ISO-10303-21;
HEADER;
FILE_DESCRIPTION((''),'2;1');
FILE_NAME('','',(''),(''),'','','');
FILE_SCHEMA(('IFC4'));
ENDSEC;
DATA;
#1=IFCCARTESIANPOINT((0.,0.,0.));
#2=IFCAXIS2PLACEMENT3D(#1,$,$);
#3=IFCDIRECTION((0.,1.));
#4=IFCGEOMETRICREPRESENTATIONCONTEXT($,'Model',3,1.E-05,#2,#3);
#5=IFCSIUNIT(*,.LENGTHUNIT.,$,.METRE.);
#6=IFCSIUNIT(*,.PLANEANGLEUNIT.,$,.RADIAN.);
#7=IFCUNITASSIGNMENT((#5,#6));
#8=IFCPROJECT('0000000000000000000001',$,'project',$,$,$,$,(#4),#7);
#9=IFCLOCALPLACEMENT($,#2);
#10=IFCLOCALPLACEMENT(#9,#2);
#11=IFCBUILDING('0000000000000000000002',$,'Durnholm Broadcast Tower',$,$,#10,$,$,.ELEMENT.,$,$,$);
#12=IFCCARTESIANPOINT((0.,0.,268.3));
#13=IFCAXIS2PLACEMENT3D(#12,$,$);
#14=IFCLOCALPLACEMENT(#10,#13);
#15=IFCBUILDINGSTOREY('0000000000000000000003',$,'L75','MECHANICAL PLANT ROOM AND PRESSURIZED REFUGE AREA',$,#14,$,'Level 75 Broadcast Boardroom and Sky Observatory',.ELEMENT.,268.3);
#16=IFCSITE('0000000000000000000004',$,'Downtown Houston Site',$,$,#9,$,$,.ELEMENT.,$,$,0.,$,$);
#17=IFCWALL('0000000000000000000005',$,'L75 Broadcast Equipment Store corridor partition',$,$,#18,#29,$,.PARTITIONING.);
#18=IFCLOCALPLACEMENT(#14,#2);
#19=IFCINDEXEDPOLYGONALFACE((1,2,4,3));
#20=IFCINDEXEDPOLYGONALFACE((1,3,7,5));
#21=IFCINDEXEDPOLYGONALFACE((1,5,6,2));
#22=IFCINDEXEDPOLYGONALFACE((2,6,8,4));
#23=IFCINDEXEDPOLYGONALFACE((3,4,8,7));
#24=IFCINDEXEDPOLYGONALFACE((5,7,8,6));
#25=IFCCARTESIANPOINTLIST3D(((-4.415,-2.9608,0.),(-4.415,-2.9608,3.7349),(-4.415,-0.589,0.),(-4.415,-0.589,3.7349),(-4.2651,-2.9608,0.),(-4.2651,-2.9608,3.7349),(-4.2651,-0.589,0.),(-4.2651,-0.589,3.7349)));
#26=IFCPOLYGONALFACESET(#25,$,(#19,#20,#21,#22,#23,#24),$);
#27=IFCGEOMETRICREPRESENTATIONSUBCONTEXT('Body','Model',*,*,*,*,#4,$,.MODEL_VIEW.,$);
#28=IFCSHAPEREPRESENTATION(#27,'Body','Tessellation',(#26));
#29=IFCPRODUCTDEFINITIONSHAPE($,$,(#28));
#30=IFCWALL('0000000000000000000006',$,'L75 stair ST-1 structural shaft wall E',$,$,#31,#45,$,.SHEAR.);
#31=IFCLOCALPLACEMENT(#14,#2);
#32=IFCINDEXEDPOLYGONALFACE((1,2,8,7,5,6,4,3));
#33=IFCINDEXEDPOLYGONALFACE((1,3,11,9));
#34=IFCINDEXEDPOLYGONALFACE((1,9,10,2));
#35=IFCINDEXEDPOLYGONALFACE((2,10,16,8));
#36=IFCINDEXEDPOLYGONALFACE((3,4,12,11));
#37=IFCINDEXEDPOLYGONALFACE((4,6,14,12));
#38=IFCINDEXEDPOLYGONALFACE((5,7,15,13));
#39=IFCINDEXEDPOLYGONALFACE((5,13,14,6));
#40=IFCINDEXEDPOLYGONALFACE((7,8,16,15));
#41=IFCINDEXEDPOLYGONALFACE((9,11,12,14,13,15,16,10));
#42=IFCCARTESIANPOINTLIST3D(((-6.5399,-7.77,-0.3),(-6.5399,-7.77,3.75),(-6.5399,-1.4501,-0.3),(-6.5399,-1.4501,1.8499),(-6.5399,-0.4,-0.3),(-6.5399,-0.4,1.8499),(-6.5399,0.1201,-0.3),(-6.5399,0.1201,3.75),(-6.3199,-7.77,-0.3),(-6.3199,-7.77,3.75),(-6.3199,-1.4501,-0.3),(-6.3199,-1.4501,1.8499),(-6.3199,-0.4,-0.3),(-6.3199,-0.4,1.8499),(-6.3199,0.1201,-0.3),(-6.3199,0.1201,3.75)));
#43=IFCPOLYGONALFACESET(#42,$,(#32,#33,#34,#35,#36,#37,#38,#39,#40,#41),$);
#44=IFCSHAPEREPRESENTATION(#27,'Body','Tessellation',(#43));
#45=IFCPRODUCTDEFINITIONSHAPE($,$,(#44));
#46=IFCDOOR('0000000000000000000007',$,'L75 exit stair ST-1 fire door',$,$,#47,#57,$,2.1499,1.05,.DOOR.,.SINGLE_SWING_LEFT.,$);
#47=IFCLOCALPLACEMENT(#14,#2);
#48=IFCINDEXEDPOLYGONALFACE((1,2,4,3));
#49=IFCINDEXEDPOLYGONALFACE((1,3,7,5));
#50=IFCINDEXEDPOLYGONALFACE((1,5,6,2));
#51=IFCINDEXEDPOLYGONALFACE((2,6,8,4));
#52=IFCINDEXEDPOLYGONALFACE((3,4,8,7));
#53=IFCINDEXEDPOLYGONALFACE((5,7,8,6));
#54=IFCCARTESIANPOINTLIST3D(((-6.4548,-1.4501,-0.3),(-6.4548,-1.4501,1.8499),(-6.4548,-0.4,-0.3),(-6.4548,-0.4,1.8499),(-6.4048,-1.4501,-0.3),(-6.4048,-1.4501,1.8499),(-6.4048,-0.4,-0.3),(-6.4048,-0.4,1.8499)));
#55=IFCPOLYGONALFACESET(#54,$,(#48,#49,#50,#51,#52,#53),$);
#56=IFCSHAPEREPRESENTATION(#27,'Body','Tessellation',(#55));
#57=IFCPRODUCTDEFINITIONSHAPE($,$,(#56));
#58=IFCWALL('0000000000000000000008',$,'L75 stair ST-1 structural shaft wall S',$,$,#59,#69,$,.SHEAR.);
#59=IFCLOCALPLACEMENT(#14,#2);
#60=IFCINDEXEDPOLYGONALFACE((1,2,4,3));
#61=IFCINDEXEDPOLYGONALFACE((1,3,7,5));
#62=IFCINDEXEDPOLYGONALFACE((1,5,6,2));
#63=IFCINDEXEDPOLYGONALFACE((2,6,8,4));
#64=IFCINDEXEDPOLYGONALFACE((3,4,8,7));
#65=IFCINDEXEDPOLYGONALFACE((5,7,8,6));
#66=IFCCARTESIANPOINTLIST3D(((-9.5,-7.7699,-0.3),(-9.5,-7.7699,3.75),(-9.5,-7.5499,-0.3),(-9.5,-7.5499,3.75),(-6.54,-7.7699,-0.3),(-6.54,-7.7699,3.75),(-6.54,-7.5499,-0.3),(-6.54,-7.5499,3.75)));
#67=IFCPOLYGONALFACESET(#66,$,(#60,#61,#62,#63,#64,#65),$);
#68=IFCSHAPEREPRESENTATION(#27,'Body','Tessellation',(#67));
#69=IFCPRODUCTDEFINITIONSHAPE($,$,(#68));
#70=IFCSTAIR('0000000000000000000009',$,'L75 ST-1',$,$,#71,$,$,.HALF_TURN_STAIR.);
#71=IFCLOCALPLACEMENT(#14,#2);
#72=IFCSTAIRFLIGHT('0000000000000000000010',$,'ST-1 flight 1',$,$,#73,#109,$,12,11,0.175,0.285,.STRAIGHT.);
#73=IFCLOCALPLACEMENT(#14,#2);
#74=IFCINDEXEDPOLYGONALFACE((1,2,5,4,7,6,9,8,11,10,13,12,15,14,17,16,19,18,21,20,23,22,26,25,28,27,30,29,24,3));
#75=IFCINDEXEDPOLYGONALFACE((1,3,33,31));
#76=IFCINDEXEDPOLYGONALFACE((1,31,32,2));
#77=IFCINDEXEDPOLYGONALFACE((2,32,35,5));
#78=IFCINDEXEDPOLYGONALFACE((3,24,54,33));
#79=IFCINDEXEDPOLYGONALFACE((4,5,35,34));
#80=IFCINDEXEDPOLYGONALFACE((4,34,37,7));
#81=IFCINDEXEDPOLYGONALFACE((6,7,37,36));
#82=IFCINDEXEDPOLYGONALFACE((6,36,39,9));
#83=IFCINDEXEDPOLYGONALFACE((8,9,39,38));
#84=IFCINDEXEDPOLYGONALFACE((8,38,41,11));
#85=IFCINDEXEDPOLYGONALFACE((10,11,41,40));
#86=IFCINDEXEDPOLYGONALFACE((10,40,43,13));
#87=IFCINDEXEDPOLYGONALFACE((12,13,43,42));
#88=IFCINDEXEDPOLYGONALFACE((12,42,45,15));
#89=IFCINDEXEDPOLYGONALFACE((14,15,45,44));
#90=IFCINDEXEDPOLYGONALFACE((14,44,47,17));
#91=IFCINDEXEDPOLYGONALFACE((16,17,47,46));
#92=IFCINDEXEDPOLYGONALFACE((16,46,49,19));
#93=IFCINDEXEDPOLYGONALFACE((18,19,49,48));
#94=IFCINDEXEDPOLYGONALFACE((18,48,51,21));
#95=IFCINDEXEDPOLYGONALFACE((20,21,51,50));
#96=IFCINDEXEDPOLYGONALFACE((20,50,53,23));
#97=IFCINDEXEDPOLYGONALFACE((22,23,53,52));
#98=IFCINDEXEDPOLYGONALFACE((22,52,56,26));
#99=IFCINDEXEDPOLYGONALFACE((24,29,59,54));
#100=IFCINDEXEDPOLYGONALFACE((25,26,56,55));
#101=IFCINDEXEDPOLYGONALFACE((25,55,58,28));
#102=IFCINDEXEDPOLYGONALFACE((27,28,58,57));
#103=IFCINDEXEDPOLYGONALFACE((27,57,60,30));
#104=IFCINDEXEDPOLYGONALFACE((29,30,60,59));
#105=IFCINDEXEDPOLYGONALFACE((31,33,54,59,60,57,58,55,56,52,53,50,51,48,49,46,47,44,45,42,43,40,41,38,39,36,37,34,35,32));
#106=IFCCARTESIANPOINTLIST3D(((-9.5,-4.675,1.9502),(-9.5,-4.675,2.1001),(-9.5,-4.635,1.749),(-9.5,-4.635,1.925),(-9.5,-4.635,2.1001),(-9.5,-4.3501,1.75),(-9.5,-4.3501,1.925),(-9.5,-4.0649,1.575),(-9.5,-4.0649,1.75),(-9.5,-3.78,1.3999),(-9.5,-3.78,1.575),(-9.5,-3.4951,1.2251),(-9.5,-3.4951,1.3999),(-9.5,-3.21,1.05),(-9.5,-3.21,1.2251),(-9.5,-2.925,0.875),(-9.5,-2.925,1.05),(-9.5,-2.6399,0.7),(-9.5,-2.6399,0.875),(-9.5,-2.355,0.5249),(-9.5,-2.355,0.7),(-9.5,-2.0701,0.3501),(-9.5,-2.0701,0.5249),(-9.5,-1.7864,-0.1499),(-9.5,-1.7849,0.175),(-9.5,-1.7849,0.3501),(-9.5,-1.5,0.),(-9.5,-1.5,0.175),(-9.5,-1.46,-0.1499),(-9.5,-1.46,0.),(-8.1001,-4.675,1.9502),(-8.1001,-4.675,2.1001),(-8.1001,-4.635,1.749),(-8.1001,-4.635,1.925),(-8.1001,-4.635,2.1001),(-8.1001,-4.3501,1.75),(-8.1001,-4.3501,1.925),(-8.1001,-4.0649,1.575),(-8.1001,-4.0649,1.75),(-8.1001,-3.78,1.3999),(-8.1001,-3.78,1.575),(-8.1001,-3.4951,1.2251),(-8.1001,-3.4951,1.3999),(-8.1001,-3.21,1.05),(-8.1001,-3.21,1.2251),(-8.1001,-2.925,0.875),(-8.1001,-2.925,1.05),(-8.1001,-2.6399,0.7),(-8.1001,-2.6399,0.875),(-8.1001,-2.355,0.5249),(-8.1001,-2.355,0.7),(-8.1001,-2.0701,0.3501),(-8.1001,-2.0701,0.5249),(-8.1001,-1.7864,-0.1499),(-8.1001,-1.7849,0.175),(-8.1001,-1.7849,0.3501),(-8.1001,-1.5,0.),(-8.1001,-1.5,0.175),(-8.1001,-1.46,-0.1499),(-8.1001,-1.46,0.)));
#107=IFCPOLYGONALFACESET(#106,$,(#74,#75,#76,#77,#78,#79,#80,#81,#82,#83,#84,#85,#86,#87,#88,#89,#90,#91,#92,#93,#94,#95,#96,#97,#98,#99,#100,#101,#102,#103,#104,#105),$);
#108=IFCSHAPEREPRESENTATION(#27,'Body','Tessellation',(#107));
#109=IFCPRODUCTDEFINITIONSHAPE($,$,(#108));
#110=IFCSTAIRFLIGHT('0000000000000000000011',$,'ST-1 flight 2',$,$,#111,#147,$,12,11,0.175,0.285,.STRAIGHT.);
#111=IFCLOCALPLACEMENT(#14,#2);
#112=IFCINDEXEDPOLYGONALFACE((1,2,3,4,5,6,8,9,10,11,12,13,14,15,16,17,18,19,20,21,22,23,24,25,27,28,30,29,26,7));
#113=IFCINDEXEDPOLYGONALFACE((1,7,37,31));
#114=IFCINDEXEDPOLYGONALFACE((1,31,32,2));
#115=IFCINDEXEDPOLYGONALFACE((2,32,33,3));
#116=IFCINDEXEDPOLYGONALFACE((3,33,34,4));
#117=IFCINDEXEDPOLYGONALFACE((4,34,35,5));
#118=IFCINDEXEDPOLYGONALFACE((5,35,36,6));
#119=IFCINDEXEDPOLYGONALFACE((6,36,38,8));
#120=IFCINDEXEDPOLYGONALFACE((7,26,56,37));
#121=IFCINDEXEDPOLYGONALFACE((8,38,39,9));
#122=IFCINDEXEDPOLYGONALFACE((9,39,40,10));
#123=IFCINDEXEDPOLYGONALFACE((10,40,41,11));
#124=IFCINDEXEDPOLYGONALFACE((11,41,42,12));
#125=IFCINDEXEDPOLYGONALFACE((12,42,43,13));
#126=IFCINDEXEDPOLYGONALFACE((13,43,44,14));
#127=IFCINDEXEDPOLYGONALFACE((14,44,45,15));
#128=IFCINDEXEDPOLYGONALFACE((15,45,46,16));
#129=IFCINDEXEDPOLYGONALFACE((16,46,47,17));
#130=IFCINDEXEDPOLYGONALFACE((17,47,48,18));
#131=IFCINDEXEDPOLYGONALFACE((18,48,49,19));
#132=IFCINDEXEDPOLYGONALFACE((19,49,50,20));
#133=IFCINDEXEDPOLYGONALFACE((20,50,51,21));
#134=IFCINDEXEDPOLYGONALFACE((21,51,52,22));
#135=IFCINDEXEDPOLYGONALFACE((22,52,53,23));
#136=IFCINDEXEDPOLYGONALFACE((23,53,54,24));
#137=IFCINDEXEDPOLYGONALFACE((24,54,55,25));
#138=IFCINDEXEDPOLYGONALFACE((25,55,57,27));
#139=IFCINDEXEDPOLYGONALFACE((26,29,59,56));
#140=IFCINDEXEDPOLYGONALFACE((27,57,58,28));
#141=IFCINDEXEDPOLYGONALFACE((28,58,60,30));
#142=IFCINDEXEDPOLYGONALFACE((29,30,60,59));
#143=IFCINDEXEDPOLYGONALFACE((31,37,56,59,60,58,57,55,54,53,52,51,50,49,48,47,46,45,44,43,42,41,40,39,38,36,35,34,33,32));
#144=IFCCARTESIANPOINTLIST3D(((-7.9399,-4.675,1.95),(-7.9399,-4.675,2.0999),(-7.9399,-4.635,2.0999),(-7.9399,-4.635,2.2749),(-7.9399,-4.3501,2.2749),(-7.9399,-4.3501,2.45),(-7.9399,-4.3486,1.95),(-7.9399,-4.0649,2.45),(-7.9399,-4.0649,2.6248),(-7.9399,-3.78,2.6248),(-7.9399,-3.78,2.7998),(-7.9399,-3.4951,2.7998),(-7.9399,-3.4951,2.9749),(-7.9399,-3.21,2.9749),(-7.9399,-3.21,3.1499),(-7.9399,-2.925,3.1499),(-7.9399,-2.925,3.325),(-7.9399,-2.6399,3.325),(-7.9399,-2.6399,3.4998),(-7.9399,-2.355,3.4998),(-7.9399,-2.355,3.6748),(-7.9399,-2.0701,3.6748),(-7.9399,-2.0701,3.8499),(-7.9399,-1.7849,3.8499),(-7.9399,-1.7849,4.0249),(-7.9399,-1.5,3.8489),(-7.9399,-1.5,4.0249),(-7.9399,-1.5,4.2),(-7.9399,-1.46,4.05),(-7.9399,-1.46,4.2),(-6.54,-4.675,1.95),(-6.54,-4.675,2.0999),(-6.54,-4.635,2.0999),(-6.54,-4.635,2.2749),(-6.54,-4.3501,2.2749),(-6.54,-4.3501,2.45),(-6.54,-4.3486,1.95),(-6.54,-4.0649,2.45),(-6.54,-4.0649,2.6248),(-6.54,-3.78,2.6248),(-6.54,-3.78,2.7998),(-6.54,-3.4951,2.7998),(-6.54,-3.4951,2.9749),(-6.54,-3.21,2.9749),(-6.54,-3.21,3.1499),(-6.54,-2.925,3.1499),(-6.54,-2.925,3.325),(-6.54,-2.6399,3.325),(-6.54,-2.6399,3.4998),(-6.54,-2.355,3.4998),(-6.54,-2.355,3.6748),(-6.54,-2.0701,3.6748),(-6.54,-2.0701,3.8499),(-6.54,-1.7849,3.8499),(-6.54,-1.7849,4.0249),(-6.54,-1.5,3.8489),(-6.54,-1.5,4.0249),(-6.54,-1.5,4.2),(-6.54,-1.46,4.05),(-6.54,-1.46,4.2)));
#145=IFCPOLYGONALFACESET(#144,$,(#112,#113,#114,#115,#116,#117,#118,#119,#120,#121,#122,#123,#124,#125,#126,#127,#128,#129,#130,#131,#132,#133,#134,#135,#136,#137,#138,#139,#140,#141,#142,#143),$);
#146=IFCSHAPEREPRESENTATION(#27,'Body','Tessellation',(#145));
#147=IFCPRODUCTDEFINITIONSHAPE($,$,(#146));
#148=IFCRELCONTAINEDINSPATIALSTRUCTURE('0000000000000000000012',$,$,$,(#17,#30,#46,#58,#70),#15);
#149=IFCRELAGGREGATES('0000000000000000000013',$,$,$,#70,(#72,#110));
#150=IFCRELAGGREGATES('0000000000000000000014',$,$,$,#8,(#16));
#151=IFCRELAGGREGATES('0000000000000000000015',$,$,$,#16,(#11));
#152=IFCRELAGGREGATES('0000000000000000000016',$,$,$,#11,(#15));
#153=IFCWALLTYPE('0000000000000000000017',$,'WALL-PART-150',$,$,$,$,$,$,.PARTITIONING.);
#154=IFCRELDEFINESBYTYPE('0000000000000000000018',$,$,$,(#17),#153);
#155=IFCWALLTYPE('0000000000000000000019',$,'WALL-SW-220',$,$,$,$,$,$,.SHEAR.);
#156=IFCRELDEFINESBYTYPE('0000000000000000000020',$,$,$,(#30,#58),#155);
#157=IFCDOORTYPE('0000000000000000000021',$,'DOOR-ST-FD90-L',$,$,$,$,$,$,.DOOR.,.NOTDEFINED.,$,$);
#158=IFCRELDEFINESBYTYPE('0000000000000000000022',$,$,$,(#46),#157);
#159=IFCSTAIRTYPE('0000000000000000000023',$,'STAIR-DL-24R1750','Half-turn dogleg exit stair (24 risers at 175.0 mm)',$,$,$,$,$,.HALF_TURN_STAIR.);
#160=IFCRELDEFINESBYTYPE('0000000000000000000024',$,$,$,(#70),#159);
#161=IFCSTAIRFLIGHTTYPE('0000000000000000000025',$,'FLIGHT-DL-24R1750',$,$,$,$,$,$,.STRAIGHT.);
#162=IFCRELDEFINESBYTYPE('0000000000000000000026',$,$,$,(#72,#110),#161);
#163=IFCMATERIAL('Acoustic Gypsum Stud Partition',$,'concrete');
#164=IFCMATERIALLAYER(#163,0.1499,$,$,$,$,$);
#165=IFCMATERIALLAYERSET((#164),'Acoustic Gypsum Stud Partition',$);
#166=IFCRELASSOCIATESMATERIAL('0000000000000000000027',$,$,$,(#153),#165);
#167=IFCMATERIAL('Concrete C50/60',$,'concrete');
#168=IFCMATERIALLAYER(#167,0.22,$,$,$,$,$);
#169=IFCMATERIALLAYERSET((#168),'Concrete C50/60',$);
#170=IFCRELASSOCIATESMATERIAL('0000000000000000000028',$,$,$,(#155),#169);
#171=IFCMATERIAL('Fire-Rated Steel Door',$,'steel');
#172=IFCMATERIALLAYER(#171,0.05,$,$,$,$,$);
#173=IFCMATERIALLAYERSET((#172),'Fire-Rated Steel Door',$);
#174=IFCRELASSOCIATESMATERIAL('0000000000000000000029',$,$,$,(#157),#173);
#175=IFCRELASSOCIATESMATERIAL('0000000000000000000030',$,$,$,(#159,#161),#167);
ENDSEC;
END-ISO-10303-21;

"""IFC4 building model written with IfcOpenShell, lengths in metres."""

from ifc_helpers import new_model, si_unit, direction, frame, frame_2d, origin, place, context, subcontext, project, spatial, polyline, rectangle, outline, extrude, source, transform, mapped, material, layer, layer_set, type_object, type_shapes, element, fill, aggregate, save


model = new_model("IFC4")

# Units and contexts
model_context = context("Model", 3, precision=1e-05, world=origin(), true_north=direction((0.0, 1.0)))
body_context = subcontext(model_context, "Body", "Model", "MODEL_VIEW")
ifc_project = project(units=[si_unit("LENGTHUNIT", "METRE"), si_unit("PLANEANGLEUNIT", "RADIAN")], contexts=[model_context])

# Site, building, storey
site_placement = place(None, origin())
site = spatial("IfcSite", under=ifc_project, at=site_placement, Name="Downtown Houston Site", CompositionType="ELEMENT", RefElevation=0.0)
building_placement = place(site_placement, origin())
building = spatial("IfcBuilding", under=site, at=building_placement, Name="Durnholm Broadcast Tower", CompositionType="ELEMENT")
storey_placement = place(building_placement, frame((0.0, 0.0, 268.3)))
storey = spatial("IfcBuildingStorey", under=building, at=storey_placement, Name="L75", Description="MECHANICAL PLANT ROOM AND PRESSURIZED REFUGE AREA", LongName="Level 75 Broadcast Boardroom and Sky Observatory", CompositionType="ELEMENT", Elevation=268.3)

# Wall
ifc_material_1 = material(Name="Acoustic Gypsum Stud Partition", Category="concrete")
ifc_layer_1 = layer(ifc_material_1, 0.1499)
ifc_layer_set_1 = layer_set([ifc_layer_1], Name="Acoustic Gypsum Stud Partition")
wall_type_1 = type_object("IfcWallType", Name="WALL-PART-150", PredefinedType="PARTITIONING", material=ifc_layer_set_1)
wall_1_placement = place(storey_placement, frame((-4.3401, -2.9609, 0.0), z_axis=(0.0, 0.0, 1.0), x_axis=(0.0, 1.0, 0.0)))
element("IfcWall", 1, at=wall_1_placement, inside=storey, type_object=wall_type_1, Name="L75 Broadcast Equipment Store corridor partition", PredefinedType="PARTITIONING", context=body_context, shape_type="SweptSolid", body=[
    extrude(rectangle(XDim=2.3718, YDim=0.1499, at=frame_2d((1.186, 0.0))), origin(), (0.0, 0.0, 1.0), 3.7349),
])

# Wall, opening, door
ifc_material_2 = material(Name="Concrete C50/60", Category="concrete")
ifc_layer_2 = layer(ifc_material_2, 0.22)
ifc_layer_set_2 = layer_set([ifc_layer_2], Name="Concrete C50/60")
wall_type_2 = type_object("IfcWallType", Name="WALL-SW-220", PredefinedType="SHEAR", material=ifc_layer_set_2)
wall_2_placement = place(storey_placement, frame((-6.4299, -7.77, -0.3), z_axis=(0.0, 0.0, 1.0), x_axis=(0.0, 1.0, 0.0)))
wall_2 = element("IfcWall", 2, at=wall_2_placement, inside=storey, type_object=wall_type_2, Name="L75 stair ST-1 structural shaft wall E", PredefinedType="SHEAR", context=body_context, shape_type="SweptSolid", body=[
    extrude(rectangle(XDim=7.8901, YDim=0.22, at=frame_2d((3.9451, 0.0))), origin(), (0.0, 0.0, 1.0), 4.05),
])
opening_1_placement = place(wall_2_placement, frame((6.3201, 0.0, 0.0)))
opening_1 = element("IfcOpeningElement", 3, at=opening_1_placement, cuts=wall_2, PredefinedType="OPENING", context=body_context, shape_type="SweptSolid", body=[
    extrude(rectangle(XDim=1.05, YDim=2.1499, at=frame_2d((0.5249, 1.075))), frame((0.0, 0.1201, 0.0), z_axis=(0.0, -1.0, 0.0), x_axis=(1.0, 0.0, 0.0)), (0.0, 0.0, 1.0), 0.24),
])
ifc_material_3 = material(Name="Fire-Rated Steel Door", Category="steel")
ifc_layer_3 = layer(ifc_material_3, 0.05)
ifc_layer_set_3 = layer_set([ifc_layer_3], Name="Fire-Rated Steel Door")
door_type_1 = type_object("IfcDoorType", Name="DOOR-ST-FD90-L", OperationType="NOTDEFINED", PredefinedType="DOOR", material=ifc_layer_set_3)
shared_shape_1 = source(origin(), body_context, "Body", "SweptSolid", [
    extrude(rectangle(XDim=1.05, YDim=2.1499, at=frame_2d((0.5249, 1.075))), frame((0.0, 0.0249, 0.0), z_axis=(0.0, -1.0, 0.0), x_axis=(1.0, 0.0, 0.0)), (0.0, 0.0, 1.0), 0.05),
])
type_shapes(door_type_1, [shared_shape_1])
door_1_placement = place(opening_1_placement, origin())
door_1 = element("IfcDoor", 4, at=door_1_placement, inside=storey, type_object=door_type_1, Name="L75 exit stair ST-1 fire door", OperationType="SINGLE_SWING_LEFT", OverallHeight=2.1499, OverallWidth=1.05, PredefinedType="DOOR", context=body_context, shape_type="MappedRepresentation", body=[
    mapped(shared_shape_1, transform((0.0, 0.0, 0.0), x_axis=(1.0, 0.0, 0.0), y_axis=(0.0, 1.0, 0.0), z_axis=(0.0, 0.0, 1.0), scale=1.0)),
])
fill(opening_1, door_1)

# Wall
wall_3_placement = place(storey_placement, frame((-9.5, -7.6599, -0.3), z_axis=(0.0, 0.0, 1.0), x_axis=(1.0, 0.0, 0.0)))
element("IfcWall", 5, at=wall_3_placement, inside=storey, type_object=wall_type_2, Name="L75 stair ST-1 structural shaft wall S", PredefinedType="SHEAR", context=body_context, shape_type="SweptSolid", body=[
    extrude(rectangle(XDim=2.96, YDim=0.22, at=frame_2d((1.48, 0.0))), origin(), (0.0, 0.0, 1.0), 4.05),
])

# Stair, stair flights
stair_type = type_object("IfcStairType", Name="STAIR-DL-24R1750", Description="Half-turn dogleg exit stair (24 risers at 175.0 mm)", PredefinedType="HALF_TURN_STAIR", material=ifc_material_2)
stair_placement = place(storey_placement, origin())
stair = element("IfcStair", 6, at=stair_placement, inside=storey, type_object=stair_type, Name="L75 ST-1", PredefinedType="HALF_TURN_STAIR")
stair_flight_type = type_object("IfcStairFlightType", Name="FLIGHT-DL-24R1750", PredefinedType="STRAIGHT", material=ifc_material_2)
stair_flight_1_placement = place(storey_placement, frame((-8.8, -1.5, 0.0), z_axis=(0.0, 0.0, 1.0), x_axis=(0.0, -1.0, 0.0)))
stair_flight_1 = element("IfcStairFlight", 7, at=stair_flight_1_placement, type_object=stair_flight_type, Name="ST-1 flight 1", NumberOfRisers=12, NumberOfTreads=11, PredefinedType="STRAIGHT", RiserHeight=0.175, TreadLength=0.285, context=body_context, shape_type="SweptSolid", body=[
    extrude(outline(polyline([(-0.04, -0.1499), (-0.04, 0.0), (0.0, 0.0), (0.0, 0.175), (0.2849, 0.175), (0.2849, 0.3501), (0.5701, 0.3501), (0.5701, 0.5249), (0.855, 0.5249), (0.855, 0.7), (1.1399, 0.7), (1.1399, 0.875), (1.425, 0.875), (1.425, 1.05), (1.71, 1.05), (1.71, 1.2251), (1.9951, 1.2251), (1.9951, 1.3999), (2.28, 1.3999), (2.28, 1.575), (2.5649, 1.575), (2.5649, 1.75), (2.8501, 1.75), (2.8501, 1.925), (3.135, 1.925), (3.135, 2.1001), (3.175, 2.1001), (3.175, 1.9502), (3.135, 1.749), (0.2864, -0.1499), (-0.04, -0.1499)])), frame((0.0, 0.7, 0.0), z_axis=(0.0, -1.0, 0.0), x_axis=(1.0, 0.0, 0.0)), (0.0, 0.0, 1.0), 1.3999),
])
stair_flight_2_placement = place(storey_placement, frame((-7.24, -4.635, 2.0999), z_axis=(0.0, 0.0, 1.0), x_axis=(0.0, 1.0, 0.0)))
stair_flight_2 = element("IfcStairFlight", 8, at=stair_flight_2_placement, type_object=stair_flight_type, Name="ST-1 flight 2", NumberOfRisers=12, NumberOfTreads=11, PredefinedType="STRAIGHT", RiserHeight=0.175, TreadLength=0.285, context=body_context, shape_type="SweptSolid", body=[
    extrude(outline(polyline([(-0.04, -0.1499), (-0.04, 0.0), (0.0, 0.0), (0.0, 0.175), (0.2849, 0.175), (0.2849, 0.3501), (0.5701, 0.3501), (0.5701, 0.5249), (0.855, 0.5249), (0.855, 0.7), (1.1399, 0.7), (1.1399, 0.875), (1.425, 0.875), (1.425, 1.05), (1.71, 1.05), (1.71, 1.2251), (1.9951, 1.2251), (1.9951, 1.3999), (2.28, 1.3999), (2.28, 1.575), (2.5649, 1.575), (2.5649, 1.75), (2.8501, 1.75), (2.8501, 1.925), (3.135, 1.925), (3.135, 2.1001), (3.175, 2.1001), (3.175, 1.9502), (3.135, 1.749), (0.2864, -0.1499), (-0.04, -0.1499)])), frame((0.0, 0.7, 0.0), z_axis=(0.0, -1.0, 0.0), x_axis=(1.0, 0.0, 0.0)), (0.0, 0.0, 1.0), 1.3999),
])
aggregate(stair, [stair_flight_1, stair_flight_2])

save(model, "model.ifc")
